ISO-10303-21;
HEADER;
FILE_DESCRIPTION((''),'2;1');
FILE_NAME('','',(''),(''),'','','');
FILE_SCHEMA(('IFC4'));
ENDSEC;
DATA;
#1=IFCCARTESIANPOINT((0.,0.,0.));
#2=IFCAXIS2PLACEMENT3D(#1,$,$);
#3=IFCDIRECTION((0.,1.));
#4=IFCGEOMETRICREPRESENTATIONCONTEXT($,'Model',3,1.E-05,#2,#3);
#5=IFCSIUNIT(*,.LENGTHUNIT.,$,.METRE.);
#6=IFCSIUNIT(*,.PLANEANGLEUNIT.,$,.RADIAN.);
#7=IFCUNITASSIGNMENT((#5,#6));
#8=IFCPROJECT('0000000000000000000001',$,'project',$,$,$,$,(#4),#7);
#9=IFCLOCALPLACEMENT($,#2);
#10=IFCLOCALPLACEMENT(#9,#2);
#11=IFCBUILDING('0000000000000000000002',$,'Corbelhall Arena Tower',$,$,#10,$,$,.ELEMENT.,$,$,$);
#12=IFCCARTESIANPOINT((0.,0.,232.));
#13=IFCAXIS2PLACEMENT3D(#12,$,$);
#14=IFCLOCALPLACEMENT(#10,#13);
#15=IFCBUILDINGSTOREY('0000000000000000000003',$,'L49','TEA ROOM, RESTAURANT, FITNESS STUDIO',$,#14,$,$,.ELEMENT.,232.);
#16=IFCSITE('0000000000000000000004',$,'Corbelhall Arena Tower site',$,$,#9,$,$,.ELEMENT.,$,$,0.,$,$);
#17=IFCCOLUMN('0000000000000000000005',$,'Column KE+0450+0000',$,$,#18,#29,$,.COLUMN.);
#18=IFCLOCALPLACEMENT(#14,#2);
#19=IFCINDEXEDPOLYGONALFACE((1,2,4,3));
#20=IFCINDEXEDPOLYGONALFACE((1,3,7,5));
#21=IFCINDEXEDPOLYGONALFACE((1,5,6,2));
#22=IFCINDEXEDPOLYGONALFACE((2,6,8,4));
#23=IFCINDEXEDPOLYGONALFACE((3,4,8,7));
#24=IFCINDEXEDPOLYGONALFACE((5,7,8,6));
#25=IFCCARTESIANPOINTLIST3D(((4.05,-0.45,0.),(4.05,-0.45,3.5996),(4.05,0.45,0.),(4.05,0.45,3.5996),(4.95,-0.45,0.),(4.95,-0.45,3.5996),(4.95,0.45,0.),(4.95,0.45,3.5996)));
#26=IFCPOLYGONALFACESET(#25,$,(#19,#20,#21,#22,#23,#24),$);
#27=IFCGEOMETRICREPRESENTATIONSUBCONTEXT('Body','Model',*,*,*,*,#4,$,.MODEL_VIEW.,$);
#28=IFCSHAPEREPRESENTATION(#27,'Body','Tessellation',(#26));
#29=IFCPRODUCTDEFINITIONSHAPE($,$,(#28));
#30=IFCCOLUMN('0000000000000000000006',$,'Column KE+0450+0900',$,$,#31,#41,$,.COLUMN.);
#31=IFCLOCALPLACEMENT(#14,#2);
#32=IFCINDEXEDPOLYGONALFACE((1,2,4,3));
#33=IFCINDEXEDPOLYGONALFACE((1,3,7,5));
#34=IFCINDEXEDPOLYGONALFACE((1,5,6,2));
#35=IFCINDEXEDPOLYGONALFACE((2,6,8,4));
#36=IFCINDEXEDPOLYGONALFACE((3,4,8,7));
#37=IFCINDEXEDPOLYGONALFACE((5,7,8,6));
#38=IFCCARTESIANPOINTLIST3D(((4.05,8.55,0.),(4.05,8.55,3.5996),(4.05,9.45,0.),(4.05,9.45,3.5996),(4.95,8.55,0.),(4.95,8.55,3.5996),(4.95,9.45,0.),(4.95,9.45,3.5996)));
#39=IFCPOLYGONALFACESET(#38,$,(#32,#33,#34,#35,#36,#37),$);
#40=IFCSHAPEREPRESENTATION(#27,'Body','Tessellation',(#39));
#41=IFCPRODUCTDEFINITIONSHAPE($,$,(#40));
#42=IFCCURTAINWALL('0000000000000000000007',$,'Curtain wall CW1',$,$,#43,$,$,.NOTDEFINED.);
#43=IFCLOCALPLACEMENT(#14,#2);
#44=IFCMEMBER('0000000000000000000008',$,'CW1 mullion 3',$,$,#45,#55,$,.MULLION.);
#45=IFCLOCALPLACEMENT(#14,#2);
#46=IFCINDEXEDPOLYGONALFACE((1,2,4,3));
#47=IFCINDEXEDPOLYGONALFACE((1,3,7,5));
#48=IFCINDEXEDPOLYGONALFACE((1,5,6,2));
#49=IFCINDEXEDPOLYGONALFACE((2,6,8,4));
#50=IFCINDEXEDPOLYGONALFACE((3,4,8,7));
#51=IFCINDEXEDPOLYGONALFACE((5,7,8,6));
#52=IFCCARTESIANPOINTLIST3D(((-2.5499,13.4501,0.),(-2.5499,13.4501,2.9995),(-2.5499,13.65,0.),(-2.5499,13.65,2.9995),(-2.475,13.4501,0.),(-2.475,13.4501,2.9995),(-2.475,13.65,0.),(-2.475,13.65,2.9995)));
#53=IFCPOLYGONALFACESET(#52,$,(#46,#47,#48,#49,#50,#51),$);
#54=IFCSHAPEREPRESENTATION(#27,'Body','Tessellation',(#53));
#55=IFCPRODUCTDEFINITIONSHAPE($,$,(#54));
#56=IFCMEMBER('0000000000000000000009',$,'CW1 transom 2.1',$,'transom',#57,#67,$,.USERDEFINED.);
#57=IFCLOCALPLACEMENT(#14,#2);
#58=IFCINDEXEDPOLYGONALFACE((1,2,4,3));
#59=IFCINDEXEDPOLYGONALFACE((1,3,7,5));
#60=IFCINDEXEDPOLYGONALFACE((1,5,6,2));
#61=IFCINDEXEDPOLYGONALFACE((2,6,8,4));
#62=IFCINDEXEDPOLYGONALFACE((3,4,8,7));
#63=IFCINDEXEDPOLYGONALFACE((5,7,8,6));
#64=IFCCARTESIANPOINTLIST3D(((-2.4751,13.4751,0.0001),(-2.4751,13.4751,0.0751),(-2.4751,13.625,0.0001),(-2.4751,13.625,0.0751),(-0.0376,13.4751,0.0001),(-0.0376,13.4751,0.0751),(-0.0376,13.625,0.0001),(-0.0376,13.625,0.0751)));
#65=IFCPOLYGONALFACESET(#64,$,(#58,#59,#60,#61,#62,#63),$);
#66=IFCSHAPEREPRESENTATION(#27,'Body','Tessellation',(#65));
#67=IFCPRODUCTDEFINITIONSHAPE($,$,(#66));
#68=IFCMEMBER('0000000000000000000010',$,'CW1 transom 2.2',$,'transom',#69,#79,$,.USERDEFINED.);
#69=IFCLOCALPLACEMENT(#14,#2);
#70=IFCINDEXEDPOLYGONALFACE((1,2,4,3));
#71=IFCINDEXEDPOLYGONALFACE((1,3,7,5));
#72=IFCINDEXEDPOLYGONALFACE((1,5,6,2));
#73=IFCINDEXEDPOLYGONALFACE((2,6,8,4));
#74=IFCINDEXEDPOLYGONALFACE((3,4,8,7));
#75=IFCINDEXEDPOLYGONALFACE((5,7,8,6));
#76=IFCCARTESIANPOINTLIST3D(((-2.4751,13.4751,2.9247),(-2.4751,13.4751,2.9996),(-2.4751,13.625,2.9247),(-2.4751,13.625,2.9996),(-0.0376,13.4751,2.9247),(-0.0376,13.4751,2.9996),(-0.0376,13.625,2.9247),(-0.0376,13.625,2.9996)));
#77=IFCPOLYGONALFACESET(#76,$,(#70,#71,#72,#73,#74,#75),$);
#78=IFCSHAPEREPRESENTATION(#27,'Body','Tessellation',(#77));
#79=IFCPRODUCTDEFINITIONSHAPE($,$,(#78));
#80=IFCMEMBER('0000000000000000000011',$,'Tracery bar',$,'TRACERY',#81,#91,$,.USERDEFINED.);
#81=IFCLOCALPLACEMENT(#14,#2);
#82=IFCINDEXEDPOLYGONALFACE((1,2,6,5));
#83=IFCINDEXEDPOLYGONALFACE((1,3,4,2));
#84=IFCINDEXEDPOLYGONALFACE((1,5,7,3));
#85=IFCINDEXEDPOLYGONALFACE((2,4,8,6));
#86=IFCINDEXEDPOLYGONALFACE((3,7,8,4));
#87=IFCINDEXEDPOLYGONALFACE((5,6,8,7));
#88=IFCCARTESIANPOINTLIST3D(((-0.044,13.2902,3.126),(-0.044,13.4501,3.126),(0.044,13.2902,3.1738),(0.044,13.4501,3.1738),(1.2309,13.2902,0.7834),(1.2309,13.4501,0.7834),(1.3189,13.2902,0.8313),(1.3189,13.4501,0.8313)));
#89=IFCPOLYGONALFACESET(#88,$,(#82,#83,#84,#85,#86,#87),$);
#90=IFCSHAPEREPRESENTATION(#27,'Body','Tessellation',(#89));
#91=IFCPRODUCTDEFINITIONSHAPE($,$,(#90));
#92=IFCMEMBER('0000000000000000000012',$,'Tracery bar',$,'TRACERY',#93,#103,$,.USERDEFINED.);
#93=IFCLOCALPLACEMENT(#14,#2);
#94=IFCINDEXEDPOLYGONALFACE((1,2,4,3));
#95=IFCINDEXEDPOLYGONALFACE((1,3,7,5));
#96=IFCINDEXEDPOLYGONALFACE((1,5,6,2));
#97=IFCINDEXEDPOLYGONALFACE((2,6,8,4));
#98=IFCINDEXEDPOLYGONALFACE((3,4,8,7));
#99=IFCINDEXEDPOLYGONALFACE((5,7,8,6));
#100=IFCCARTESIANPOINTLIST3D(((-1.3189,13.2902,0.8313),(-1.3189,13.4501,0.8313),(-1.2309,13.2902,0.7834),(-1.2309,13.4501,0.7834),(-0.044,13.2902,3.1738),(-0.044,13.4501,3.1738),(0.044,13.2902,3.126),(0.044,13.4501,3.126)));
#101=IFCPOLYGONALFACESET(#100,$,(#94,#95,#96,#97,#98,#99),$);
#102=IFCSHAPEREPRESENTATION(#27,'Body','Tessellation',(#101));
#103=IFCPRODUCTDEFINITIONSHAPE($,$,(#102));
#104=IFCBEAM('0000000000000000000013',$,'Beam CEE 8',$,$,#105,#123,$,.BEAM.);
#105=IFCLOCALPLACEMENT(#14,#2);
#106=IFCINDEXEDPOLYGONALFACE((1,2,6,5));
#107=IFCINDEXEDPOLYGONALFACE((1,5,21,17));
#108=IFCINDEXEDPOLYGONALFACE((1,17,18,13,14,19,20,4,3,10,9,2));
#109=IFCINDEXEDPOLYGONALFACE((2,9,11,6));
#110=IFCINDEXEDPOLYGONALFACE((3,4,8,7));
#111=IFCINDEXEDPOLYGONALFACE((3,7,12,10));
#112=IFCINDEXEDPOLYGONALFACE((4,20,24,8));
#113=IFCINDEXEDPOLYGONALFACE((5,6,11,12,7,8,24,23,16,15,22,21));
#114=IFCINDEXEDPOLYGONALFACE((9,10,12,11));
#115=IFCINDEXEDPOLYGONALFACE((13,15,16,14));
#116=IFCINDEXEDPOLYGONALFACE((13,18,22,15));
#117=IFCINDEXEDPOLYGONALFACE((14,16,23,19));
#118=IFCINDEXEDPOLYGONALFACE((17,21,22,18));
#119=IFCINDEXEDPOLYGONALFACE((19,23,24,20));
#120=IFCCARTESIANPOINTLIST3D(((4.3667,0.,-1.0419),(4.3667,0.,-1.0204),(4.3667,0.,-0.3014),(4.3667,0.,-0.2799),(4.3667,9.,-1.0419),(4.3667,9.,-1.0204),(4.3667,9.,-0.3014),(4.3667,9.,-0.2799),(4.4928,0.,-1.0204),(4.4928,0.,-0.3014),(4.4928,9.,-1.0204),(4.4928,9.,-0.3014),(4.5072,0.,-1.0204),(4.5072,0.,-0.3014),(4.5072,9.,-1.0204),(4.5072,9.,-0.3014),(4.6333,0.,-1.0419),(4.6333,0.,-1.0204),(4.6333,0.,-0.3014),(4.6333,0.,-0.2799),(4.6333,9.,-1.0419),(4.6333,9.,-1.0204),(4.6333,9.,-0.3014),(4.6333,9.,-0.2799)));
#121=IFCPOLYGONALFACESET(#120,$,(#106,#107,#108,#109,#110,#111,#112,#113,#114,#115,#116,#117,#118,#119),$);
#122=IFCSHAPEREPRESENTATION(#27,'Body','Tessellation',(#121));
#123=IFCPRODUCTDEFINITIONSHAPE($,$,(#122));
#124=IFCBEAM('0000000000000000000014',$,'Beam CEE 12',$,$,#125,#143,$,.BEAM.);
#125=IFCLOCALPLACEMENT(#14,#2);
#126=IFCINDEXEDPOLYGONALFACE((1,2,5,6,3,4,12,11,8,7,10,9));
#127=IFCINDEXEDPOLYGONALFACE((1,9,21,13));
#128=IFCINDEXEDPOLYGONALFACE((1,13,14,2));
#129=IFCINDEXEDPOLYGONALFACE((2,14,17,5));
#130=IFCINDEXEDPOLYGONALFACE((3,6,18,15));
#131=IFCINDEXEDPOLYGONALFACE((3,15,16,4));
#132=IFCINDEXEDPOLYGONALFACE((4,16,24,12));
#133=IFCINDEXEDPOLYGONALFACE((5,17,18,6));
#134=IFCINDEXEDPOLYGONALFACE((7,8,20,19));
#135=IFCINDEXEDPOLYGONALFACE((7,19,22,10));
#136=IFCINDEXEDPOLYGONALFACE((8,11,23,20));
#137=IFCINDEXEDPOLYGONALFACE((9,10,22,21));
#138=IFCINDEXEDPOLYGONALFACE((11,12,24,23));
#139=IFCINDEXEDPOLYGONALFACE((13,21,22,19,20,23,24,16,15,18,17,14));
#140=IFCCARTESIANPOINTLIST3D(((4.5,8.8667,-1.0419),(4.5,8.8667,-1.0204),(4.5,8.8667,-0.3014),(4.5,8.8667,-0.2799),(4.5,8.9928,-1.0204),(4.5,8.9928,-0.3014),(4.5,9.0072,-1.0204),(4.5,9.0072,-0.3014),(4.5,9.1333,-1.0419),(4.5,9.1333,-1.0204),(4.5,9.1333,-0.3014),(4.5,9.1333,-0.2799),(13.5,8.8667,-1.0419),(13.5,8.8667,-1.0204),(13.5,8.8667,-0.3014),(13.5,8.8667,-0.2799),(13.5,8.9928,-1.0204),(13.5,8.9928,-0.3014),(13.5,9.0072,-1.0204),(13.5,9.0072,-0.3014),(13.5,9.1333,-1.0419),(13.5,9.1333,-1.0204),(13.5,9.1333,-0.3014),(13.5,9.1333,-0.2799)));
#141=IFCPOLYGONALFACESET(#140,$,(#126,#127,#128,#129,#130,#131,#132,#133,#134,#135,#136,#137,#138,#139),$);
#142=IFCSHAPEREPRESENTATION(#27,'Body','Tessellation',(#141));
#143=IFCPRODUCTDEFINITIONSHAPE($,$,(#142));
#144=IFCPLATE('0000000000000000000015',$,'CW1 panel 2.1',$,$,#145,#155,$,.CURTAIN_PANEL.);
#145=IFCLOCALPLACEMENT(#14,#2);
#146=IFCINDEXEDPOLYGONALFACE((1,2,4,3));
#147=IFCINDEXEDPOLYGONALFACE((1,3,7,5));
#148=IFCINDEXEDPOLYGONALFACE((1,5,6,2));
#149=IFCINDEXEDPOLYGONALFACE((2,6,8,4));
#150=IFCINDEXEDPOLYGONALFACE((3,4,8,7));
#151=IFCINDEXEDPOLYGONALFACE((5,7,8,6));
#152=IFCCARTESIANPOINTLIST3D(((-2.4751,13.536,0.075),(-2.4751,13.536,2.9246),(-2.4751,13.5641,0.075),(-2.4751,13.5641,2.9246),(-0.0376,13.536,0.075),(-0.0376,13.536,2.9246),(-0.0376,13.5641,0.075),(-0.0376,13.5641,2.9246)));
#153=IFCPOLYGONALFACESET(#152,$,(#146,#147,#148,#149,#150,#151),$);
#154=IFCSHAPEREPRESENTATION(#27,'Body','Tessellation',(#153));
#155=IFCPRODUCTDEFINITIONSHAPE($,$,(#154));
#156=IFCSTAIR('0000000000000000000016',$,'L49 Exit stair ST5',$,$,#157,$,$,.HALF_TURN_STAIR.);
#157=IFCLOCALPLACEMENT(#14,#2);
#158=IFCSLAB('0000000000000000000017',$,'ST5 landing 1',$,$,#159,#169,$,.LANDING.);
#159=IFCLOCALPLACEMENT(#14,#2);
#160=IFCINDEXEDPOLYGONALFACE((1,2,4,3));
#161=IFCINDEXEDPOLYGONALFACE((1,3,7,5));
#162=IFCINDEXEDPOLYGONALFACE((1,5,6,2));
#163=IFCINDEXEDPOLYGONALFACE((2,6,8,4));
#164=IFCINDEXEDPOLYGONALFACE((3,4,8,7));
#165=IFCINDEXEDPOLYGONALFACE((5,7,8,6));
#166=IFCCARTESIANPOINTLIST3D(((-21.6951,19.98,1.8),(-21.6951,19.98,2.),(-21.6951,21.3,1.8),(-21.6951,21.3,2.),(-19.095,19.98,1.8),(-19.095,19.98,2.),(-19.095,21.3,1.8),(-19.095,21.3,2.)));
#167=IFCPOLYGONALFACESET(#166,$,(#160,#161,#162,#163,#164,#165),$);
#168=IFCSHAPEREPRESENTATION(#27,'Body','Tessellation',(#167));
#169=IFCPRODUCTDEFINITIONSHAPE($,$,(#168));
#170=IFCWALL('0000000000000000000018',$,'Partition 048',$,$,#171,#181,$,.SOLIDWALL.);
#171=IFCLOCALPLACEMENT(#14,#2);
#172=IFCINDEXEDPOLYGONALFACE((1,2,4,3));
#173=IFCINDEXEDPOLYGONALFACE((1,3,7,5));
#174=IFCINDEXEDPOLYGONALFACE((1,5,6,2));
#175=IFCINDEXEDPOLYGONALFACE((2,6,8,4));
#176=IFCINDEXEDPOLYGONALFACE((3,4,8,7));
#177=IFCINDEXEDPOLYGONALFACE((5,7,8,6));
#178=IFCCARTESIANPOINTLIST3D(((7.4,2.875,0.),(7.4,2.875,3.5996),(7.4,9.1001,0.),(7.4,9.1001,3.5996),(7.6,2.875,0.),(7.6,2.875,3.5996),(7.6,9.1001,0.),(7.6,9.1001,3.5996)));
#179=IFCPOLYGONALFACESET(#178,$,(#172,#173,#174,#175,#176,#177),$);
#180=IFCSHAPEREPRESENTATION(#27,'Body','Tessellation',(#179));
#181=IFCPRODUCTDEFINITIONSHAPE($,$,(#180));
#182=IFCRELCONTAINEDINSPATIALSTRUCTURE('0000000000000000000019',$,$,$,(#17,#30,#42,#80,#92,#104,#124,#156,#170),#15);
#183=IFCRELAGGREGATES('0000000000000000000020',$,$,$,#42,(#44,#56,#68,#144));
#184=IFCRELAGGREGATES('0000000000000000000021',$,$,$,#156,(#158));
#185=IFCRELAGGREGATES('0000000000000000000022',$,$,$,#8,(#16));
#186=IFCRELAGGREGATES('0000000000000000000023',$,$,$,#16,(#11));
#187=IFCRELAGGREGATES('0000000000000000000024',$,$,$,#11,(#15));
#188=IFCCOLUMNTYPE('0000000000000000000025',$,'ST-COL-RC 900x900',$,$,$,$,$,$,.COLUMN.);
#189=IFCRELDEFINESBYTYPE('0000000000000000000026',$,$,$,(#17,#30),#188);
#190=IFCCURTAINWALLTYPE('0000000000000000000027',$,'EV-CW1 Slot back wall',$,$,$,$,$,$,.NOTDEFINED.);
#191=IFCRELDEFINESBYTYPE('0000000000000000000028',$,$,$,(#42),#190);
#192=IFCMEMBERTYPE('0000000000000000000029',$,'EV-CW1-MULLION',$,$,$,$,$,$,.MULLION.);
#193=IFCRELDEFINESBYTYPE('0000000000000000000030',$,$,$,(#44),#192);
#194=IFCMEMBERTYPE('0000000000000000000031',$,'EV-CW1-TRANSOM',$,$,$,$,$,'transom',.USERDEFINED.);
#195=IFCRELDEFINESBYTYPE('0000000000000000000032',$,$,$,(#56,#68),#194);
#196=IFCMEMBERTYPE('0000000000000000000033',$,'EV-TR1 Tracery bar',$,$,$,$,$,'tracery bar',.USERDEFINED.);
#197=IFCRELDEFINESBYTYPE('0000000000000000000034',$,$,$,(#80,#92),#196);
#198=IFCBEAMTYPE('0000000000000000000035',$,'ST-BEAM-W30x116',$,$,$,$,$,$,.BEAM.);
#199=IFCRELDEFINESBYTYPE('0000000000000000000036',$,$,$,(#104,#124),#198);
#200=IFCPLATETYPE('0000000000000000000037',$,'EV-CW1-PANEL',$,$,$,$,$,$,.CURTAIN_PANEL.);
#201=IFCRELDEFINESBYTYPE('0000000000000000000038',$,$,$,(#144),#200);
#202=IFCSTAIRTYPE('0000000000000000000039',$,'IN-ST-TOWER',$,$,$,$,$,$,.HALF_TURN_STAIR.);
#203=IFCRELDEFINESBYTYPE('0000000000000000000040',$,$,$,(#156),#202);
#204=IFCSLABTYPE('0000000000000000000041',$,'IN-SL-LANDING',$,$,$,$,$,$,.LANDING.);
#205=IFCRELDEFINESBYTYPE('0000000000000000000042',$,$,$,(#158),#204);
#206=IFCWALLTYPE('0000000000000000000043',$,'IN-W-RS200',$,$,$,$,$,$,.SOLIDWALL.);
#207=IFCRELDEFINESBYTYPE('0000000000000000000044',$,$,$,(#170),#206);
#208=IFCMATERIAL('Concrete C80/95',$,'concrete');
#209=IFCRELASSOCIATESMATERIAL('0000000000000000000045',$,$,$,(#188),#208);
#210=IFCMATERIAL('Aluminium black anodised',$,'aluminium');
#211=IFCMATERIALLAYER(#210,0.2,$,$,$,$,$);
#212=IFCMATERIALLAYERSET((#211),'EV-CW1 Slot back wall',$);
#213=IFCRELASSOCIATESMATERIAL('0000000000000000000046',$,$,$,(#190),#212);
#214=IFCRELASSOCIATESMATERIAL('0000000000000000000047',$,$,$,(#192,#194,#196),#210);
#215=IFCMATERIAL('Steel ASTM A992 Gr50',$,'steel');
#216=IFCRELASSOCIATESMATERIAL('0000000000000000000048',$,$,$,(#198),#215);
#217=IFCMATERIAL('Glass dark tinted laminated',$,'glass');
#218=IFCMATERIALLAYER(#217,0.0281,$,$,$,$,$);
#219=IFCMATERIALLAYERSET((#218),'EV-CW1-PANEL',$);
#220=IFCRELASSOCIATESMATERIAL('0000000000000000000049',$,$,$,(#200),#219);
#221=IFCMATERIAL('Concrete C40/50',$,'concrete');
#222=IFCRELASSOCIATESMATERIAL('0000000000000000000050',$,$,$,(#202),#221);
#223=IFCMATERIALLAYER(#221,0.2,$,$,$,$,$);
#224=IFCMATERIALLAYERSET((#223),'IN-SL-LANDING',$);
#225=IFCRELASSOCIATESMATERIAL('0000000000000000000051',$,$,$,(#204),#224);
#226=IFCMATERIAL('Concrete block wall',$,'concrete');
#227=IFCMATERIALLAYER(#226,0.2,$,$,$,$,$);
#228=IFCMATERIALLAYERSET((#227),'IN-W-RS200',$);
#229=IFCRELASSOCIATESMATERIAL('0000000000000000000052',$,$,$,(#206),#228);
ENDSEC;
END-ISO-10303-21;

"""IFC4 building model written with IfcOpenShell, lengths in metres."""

from ifc_helpers import new_model, si_unit, direction, frame, frame_2d, origin, origin_2d, place, context, subcontext, project, spatial, polyline, rectangle, i_section, outline, extrude, material, layer, layer_set, material_profile, profile_set, type_object, element, aggregate, save


model = new_model("IFC4")

# Units and contexts
model_context = context("Model", 3, precision=1e-05, world=origin(), true_north=direction((0.0, 1.0)))
body_context = subcontext(model_context, "Body", "Model", "MODEL_VIEW")
ifc_project = project(units=[si_unit("LENGTHUNIT", "METRE"), si_unit("PLANEANGLEUNIT", "RADIAN")], contexts=[model_context])

# Site, building, storey
site_placement = place(None, origin())
site = spatial("IfcSite", under=ifc_project, at=site_placement, Name="Corbelhall Arena Tower site", CompositionType="ELEMENT", RefElevation=0.0)
building_placement = place(site_placement, origin())
building = spatial("IfcBuilding", under=site, at=building_placement, Name="Corbelhall Arena Tower", CompositionType="ELEMENT")
storey_placement = place(building_placement, frame((0.0, 0.0, 232.0)))
storey = spatial("IfcBuildingStorey", under=building, at=storey_placement, Name="L49", Description="TEA ROOM, RESTAURANT, FITNESS STUDIO", CompositionType="ELEMENT", Elevation=232.0)

# Columns
ifc_material_1 = material(Name="Concrete C80/95", Category="concrete")
ifc_material_profile_1 = material_profile(ifc_material_1, rectangle(XDim=0.8999, YDim=0.8999, at=origin_2d()))
ifc_profile_set_1 = profile_set([ifc_material_profile_1], Name="Concrete C80/95")
column_type = type_object("IfcColumnType", Name="ST-COL-RC 900x900", PredefinedType="COLUMN", material=ifc_profile_set_1)
for number, where, z_axis, x_axis, name in (
    (1, (4.5, 0.0, 0.0), (0.0, 0.0, 1.0), (1.0, 0.0, 0.0), "Column KE+0450+0000"),
    (2, (4.5, 9.0, 0.0), (0.0, 0.0, 1.0), (1.0, 0.0, 0.0), "Column KE+0450+0900"),
):
    element("IfcColumn", number, at=place(storey_placement, frame(where, z_axis=z_axis, x_axis=x_axis)), inside=storey, type_object=column_type, Name=name, PredefinedType="COLUMN", context=body_context, shape_type="SweptSolid", body=[
        extrude(rectangle(XDim=0.8999, YDim=0.8999, at=origin_2d()), origin(), (0.0, 0.0, 1.0), 3.5996),
    ])

# Curtain wall, members
ifc_material_2 = material(Name="Aluminium black anodised", Category="aluminium")
ifc_layer_1 = layer(ifc_material_2, 0.2)
ifc_layer_set_1 = layer_set([ifc_layer_1], Name="EV-CW1 Slot back wall")
curtain_wall_type = type_object("IfcCurtainWallType", Name="EV-CW1 Slot back wall", PredefinedType="NOTDEFINED", material=ifc_layer_set_1)
curtain_wall_placement = place(storey_placement, origin())
curtain_wall = element("IfcCurtainWall", 3, at=curtain_wall_placement, inside=storey, type_object=curtain_wall_type, Name="Curtain wall CW1", PredefinedType="NOTDEFINED")
ifc_material_profile_2 = material_profile(ifc_material_2, rectangle(XDim=0.2, YDim=0.075, at=origin_2d()))
ifc_profile_set_2 = profile_set([ifc_material_profile_2], Name="Aluminium black anodised")
member_type_1 = type_object("IfcMemberType", Name="EV-CW1-MULLION", PredefinedType="MULLION", material=ifc_profile_set_2)
member_1_placement = place(storey_placement, frame((-2.5125, 13.55, 0.0), z_axis=(0.0, 0.0, 1.0), x_axis=(0.0, -1.0, 0.0)))
member_1 = element("IfcMember", 4, at=member_1_placement, type_object=member_type_1, Name="CW1 mullion 3", PredefinedType="MULLION", context=body_context, shape_type="SweptSolid", body=[
    extrude(rectangle(XDim=0.2, YDim=0.075, at=origin_2d()), origin(), (0.0, 0.0, 1.0), 2.9995),
])
ifc_material_profile_3 = material_profile(ifc_material_2, rectangle(XDim=0.1499, YDim=0.075, at=origin_2d()))
ifc_profile_set_3 = profile_set([ifc_material_profile_3], Name="Aluminium black anodised")
member_type_2 = type_object("IfcMemberType", Name="EV-CW1-TRANSOM", ElementType="transom", PredefinedType="USERDEFINED", material=ifc_profile_set_3)
member_2_placement = place(storey_placement, frame((-0.0376, 13.55, 0.0376), z_axis=(-1.0, 0.0, 0.0), x_axis=(0.0, -1.0, 0.0)))
member_2 = element("IfcMember", 5, at=member_2_placement, type_object=member_type_2, Name="CW1 transom 2.1", ObjectType="transom", PredefinedType="USERDEFINED", context=body_context, shape_type="SweptSolid", body=[
    extrude(rectangle(XDim=0.1499, YDim=0.075, at=origin_2d()), origin(), (0.0, 0.0, 1.0), 2.4375),
])
member_3_placement = place(storey_placement, frame((-0.0376, 13.55, 2.9622), z_axis=(-1.0, 0.0, 0.0), x_axis=(0.0, -1.0, 0.0)))
member_3 = element("IfcMember", 6, at=member_3_placement, type_object=member_type_2, Name="CW1 transom 2.2", ObjectType="transom", PredefinedType="USERDEFINED", context=body_context, shape_type="SweptSolid", body=[
    extrude(rectangle(XDim=0.1499, YDim=0.075, at=origin_2d()), origin(), (0.0, 0.0, 1.0), 2.4375),
])

# Members
ifc_material_profile_4 = material_profile(ifc_material_2, rectangle(XDim=0.1599, YDim=0.1001, at=origin_2d()))
ifc_profile_set_4 = profile_set([ifc_material_profile_4], Name="Aluminium black anodised")
member_type_3 = type_object("IfcMemberType", Name="EV-TR1 Tracery bar", ElementType="tracery bar", PredefinedType="USERDEFINED", material=ifc_profile_set_4)
for number, where, z_axis, x_axis, name in (
    (7, (1.2749, 13.3701, 0.8074), (-0.478031, 0.0, 0.878343), (0.0, -1.0, 0.0), "Tracery bar"),
    (8, (0.0, 13.3701, 3.1499), (-0.478031, 0.0, -0.878343), (0.0, -1.0, 0.0), "Tracery bar"),
):
    element("IfcMember", number, at=place(storey_placement, frame(where, z_axis=z_axis, x_axis=x_axis)), inside=storey, type_object=member_type_3, Name=name, ObjectType="TRACERY", PredefinedType="USERDEFINED", context=body_context, shape_type="SweptSolid", body=[
        extrude(rectangle(XDim=0.1599, YDim=0.1001, at=origin_2d()), origin(), (0.0, 0.0, 1.0), 2.667),
    ])

# Beams
ifc_material_3 = material(Name="Steel ASTM A992 Gr50", Category="steel")
ifc_material_profile_5 = material_profile(ifc_material_3, i_section(OverallWidth=0.2666, OverallDepth=0.762, WebThickness=0.0144, FlangeThickness=0.0215, at=origin_2d()))
ifc_profile_set_5 = profile_set([ifc_material_profile_5], Name="Steel ASTM A992 Gr50")
beam_type = type_object("IfcBeamType", Name="ST-BEAM-W30x116", PredefinedType="BEAM", material=ifc_profile_set_5)
for number, where, z_axis, x_axis, name in (
    (9, (4.5, 0.0, -0.6609), (0.0, 1.0, 0.0), (-1.0, 0.0, 0.0), "Beam CEE 8"),
    (10, (4.5, 9.0, -0.6609), (1.0, 0.0, 0.0), (0.0, 1.0, 0.0), "Beam CEE 12"),
):
    element("IfcBeam", number, at=place(storey_placement, frame(where, z_axis=z_axis, x_axis=x_axis)), inside=storey, type_object=beam_type, Name=name, PredefinedType="BEAM", context=body_context, shape_type="SweptSolid", body=[
        extrude(i_section(OverallWidth=0.2666, OverallDepth=0.762, WebThickness=0.0144, FlangeThickness=0.0215, at=origin_2d()), origin(), (0.0, 0.0, 1.0), 9.0),
    ])

# Plate
ifc_material_4 = material(Name="Glass dark tinted laminated", Category="glass")
ifc_layer_2 = layer(ifc_material_4, 0.0281)
ifc_layer_set_2 = layer_set([ifc_layer_2], Name="EV-CW1-PANEL")
plate_type = type_object("IfcPlateType", Name="EV-CW1-PANEL", PredefinedType="CURTAIN_PANEL", material=ifc_layer_set_2)
plate_placement = place(storey_placement, frame((-1.2563, 13.55, 0.075), z_axis=(0.0, 0.0, 1.0), x_axis=(-1.0, 0.0, 0.0)))
plate = element("IfcPlate", 11, at=plate_placement, type_object=plate_type, Name="CW1 panel 2.1", PredefinedType="CURTAIN_PANEL", context=body_context, shape_type="SweptSolid", body=[
    extrude(rectangle(XDim=2.4375, YDim=0.0281, at=origin_2d()), origin(), (0.0, 0.0, 1.0), 2.8496),
])
aggregate(curtain_wall, [member_1, member_2, member_3, plate])

# Stair, slab
ifc_material_5 = material(Name="Concrete C40/50", Category="concrete")
stair_type = type_object("IfcStairType", Name="IN-ST-TOWER", PredefinedType="HALF_TURN_STAIR", material=ifc_material_5)
stair_1_placement = place(storey_placement, origin())
stair_1 = element("IfcStair", 12, at=stair_1_placement, inside=storey, type_object=stair_type, Name="L49 Exit stair ST5", PredefinedType="HALF_TURN_STAIR")
ifc_layer_3 = layer(ifc_material_5, 0.2)
ifc_layer_set_3 = layer_set([ifc_layer_3], Name="IN-SL-LANDING")
slab_type = type_object("IfcSlabType", Name="IN-SL-LANDING", PredefinedType="LANDING", material=ifc_layer_set_3)
slab_placement = place(storey_placement, frame((0.0, 0.0, 1.8)))
slab = element("IfcSlab", 13, at=slab_placement, type_object=slab_type, Name="ST5 landing 1", PredefinedType="LANDING", context=body_context, shape_type="SweptSolid", body=[
    extrude(outline(polyline([(-19.095, 19.98), (-19.095, 21.3), (-21.6951, 21.3), (-21.6951, 19.98), (-19.095, 19.98)])), origin(), (0.0, 0.0, 1.0), 0.2),
])
aggregate(stair_1, [slab])

# Wall
ifc_material_6 = material(Name="Concrete block wall", Category="concrete")
ifc_layer_4 = layer(ifc_material_6, 0.2)
ifc_layer_set_4 = layer_set([ifc_layer_4], Name="IN-W-RS200")
wall_type_1 = type_object("IfcWallType", Name="IN-W-RS200", PredefinedType="SOLIDWALL", material=ifc_layer_set_4)
wall_1_placement = place(storey_placement, frame((7.5, 9.1001, 0.0), z_axis=(0.0, 0.0, 1.0), x_axis=(0.0, -1.0, 0.0)))
element("IfcWall", 14, at=wall_1_placement, inside=storey, type_object=wall_type_1, Name="Partition 048", PredefinedType="SOLIDWALL", context=body_context, shape_type="SweptSolid", body=[
    extrude(rectangle(XDim=6.2251, YDim=0.2, at=frame_2d((3.1125, 0.0))), origin(), (0.0, 0.0, 1.0), 3.5996),
])

save(model, "model.ifc")
